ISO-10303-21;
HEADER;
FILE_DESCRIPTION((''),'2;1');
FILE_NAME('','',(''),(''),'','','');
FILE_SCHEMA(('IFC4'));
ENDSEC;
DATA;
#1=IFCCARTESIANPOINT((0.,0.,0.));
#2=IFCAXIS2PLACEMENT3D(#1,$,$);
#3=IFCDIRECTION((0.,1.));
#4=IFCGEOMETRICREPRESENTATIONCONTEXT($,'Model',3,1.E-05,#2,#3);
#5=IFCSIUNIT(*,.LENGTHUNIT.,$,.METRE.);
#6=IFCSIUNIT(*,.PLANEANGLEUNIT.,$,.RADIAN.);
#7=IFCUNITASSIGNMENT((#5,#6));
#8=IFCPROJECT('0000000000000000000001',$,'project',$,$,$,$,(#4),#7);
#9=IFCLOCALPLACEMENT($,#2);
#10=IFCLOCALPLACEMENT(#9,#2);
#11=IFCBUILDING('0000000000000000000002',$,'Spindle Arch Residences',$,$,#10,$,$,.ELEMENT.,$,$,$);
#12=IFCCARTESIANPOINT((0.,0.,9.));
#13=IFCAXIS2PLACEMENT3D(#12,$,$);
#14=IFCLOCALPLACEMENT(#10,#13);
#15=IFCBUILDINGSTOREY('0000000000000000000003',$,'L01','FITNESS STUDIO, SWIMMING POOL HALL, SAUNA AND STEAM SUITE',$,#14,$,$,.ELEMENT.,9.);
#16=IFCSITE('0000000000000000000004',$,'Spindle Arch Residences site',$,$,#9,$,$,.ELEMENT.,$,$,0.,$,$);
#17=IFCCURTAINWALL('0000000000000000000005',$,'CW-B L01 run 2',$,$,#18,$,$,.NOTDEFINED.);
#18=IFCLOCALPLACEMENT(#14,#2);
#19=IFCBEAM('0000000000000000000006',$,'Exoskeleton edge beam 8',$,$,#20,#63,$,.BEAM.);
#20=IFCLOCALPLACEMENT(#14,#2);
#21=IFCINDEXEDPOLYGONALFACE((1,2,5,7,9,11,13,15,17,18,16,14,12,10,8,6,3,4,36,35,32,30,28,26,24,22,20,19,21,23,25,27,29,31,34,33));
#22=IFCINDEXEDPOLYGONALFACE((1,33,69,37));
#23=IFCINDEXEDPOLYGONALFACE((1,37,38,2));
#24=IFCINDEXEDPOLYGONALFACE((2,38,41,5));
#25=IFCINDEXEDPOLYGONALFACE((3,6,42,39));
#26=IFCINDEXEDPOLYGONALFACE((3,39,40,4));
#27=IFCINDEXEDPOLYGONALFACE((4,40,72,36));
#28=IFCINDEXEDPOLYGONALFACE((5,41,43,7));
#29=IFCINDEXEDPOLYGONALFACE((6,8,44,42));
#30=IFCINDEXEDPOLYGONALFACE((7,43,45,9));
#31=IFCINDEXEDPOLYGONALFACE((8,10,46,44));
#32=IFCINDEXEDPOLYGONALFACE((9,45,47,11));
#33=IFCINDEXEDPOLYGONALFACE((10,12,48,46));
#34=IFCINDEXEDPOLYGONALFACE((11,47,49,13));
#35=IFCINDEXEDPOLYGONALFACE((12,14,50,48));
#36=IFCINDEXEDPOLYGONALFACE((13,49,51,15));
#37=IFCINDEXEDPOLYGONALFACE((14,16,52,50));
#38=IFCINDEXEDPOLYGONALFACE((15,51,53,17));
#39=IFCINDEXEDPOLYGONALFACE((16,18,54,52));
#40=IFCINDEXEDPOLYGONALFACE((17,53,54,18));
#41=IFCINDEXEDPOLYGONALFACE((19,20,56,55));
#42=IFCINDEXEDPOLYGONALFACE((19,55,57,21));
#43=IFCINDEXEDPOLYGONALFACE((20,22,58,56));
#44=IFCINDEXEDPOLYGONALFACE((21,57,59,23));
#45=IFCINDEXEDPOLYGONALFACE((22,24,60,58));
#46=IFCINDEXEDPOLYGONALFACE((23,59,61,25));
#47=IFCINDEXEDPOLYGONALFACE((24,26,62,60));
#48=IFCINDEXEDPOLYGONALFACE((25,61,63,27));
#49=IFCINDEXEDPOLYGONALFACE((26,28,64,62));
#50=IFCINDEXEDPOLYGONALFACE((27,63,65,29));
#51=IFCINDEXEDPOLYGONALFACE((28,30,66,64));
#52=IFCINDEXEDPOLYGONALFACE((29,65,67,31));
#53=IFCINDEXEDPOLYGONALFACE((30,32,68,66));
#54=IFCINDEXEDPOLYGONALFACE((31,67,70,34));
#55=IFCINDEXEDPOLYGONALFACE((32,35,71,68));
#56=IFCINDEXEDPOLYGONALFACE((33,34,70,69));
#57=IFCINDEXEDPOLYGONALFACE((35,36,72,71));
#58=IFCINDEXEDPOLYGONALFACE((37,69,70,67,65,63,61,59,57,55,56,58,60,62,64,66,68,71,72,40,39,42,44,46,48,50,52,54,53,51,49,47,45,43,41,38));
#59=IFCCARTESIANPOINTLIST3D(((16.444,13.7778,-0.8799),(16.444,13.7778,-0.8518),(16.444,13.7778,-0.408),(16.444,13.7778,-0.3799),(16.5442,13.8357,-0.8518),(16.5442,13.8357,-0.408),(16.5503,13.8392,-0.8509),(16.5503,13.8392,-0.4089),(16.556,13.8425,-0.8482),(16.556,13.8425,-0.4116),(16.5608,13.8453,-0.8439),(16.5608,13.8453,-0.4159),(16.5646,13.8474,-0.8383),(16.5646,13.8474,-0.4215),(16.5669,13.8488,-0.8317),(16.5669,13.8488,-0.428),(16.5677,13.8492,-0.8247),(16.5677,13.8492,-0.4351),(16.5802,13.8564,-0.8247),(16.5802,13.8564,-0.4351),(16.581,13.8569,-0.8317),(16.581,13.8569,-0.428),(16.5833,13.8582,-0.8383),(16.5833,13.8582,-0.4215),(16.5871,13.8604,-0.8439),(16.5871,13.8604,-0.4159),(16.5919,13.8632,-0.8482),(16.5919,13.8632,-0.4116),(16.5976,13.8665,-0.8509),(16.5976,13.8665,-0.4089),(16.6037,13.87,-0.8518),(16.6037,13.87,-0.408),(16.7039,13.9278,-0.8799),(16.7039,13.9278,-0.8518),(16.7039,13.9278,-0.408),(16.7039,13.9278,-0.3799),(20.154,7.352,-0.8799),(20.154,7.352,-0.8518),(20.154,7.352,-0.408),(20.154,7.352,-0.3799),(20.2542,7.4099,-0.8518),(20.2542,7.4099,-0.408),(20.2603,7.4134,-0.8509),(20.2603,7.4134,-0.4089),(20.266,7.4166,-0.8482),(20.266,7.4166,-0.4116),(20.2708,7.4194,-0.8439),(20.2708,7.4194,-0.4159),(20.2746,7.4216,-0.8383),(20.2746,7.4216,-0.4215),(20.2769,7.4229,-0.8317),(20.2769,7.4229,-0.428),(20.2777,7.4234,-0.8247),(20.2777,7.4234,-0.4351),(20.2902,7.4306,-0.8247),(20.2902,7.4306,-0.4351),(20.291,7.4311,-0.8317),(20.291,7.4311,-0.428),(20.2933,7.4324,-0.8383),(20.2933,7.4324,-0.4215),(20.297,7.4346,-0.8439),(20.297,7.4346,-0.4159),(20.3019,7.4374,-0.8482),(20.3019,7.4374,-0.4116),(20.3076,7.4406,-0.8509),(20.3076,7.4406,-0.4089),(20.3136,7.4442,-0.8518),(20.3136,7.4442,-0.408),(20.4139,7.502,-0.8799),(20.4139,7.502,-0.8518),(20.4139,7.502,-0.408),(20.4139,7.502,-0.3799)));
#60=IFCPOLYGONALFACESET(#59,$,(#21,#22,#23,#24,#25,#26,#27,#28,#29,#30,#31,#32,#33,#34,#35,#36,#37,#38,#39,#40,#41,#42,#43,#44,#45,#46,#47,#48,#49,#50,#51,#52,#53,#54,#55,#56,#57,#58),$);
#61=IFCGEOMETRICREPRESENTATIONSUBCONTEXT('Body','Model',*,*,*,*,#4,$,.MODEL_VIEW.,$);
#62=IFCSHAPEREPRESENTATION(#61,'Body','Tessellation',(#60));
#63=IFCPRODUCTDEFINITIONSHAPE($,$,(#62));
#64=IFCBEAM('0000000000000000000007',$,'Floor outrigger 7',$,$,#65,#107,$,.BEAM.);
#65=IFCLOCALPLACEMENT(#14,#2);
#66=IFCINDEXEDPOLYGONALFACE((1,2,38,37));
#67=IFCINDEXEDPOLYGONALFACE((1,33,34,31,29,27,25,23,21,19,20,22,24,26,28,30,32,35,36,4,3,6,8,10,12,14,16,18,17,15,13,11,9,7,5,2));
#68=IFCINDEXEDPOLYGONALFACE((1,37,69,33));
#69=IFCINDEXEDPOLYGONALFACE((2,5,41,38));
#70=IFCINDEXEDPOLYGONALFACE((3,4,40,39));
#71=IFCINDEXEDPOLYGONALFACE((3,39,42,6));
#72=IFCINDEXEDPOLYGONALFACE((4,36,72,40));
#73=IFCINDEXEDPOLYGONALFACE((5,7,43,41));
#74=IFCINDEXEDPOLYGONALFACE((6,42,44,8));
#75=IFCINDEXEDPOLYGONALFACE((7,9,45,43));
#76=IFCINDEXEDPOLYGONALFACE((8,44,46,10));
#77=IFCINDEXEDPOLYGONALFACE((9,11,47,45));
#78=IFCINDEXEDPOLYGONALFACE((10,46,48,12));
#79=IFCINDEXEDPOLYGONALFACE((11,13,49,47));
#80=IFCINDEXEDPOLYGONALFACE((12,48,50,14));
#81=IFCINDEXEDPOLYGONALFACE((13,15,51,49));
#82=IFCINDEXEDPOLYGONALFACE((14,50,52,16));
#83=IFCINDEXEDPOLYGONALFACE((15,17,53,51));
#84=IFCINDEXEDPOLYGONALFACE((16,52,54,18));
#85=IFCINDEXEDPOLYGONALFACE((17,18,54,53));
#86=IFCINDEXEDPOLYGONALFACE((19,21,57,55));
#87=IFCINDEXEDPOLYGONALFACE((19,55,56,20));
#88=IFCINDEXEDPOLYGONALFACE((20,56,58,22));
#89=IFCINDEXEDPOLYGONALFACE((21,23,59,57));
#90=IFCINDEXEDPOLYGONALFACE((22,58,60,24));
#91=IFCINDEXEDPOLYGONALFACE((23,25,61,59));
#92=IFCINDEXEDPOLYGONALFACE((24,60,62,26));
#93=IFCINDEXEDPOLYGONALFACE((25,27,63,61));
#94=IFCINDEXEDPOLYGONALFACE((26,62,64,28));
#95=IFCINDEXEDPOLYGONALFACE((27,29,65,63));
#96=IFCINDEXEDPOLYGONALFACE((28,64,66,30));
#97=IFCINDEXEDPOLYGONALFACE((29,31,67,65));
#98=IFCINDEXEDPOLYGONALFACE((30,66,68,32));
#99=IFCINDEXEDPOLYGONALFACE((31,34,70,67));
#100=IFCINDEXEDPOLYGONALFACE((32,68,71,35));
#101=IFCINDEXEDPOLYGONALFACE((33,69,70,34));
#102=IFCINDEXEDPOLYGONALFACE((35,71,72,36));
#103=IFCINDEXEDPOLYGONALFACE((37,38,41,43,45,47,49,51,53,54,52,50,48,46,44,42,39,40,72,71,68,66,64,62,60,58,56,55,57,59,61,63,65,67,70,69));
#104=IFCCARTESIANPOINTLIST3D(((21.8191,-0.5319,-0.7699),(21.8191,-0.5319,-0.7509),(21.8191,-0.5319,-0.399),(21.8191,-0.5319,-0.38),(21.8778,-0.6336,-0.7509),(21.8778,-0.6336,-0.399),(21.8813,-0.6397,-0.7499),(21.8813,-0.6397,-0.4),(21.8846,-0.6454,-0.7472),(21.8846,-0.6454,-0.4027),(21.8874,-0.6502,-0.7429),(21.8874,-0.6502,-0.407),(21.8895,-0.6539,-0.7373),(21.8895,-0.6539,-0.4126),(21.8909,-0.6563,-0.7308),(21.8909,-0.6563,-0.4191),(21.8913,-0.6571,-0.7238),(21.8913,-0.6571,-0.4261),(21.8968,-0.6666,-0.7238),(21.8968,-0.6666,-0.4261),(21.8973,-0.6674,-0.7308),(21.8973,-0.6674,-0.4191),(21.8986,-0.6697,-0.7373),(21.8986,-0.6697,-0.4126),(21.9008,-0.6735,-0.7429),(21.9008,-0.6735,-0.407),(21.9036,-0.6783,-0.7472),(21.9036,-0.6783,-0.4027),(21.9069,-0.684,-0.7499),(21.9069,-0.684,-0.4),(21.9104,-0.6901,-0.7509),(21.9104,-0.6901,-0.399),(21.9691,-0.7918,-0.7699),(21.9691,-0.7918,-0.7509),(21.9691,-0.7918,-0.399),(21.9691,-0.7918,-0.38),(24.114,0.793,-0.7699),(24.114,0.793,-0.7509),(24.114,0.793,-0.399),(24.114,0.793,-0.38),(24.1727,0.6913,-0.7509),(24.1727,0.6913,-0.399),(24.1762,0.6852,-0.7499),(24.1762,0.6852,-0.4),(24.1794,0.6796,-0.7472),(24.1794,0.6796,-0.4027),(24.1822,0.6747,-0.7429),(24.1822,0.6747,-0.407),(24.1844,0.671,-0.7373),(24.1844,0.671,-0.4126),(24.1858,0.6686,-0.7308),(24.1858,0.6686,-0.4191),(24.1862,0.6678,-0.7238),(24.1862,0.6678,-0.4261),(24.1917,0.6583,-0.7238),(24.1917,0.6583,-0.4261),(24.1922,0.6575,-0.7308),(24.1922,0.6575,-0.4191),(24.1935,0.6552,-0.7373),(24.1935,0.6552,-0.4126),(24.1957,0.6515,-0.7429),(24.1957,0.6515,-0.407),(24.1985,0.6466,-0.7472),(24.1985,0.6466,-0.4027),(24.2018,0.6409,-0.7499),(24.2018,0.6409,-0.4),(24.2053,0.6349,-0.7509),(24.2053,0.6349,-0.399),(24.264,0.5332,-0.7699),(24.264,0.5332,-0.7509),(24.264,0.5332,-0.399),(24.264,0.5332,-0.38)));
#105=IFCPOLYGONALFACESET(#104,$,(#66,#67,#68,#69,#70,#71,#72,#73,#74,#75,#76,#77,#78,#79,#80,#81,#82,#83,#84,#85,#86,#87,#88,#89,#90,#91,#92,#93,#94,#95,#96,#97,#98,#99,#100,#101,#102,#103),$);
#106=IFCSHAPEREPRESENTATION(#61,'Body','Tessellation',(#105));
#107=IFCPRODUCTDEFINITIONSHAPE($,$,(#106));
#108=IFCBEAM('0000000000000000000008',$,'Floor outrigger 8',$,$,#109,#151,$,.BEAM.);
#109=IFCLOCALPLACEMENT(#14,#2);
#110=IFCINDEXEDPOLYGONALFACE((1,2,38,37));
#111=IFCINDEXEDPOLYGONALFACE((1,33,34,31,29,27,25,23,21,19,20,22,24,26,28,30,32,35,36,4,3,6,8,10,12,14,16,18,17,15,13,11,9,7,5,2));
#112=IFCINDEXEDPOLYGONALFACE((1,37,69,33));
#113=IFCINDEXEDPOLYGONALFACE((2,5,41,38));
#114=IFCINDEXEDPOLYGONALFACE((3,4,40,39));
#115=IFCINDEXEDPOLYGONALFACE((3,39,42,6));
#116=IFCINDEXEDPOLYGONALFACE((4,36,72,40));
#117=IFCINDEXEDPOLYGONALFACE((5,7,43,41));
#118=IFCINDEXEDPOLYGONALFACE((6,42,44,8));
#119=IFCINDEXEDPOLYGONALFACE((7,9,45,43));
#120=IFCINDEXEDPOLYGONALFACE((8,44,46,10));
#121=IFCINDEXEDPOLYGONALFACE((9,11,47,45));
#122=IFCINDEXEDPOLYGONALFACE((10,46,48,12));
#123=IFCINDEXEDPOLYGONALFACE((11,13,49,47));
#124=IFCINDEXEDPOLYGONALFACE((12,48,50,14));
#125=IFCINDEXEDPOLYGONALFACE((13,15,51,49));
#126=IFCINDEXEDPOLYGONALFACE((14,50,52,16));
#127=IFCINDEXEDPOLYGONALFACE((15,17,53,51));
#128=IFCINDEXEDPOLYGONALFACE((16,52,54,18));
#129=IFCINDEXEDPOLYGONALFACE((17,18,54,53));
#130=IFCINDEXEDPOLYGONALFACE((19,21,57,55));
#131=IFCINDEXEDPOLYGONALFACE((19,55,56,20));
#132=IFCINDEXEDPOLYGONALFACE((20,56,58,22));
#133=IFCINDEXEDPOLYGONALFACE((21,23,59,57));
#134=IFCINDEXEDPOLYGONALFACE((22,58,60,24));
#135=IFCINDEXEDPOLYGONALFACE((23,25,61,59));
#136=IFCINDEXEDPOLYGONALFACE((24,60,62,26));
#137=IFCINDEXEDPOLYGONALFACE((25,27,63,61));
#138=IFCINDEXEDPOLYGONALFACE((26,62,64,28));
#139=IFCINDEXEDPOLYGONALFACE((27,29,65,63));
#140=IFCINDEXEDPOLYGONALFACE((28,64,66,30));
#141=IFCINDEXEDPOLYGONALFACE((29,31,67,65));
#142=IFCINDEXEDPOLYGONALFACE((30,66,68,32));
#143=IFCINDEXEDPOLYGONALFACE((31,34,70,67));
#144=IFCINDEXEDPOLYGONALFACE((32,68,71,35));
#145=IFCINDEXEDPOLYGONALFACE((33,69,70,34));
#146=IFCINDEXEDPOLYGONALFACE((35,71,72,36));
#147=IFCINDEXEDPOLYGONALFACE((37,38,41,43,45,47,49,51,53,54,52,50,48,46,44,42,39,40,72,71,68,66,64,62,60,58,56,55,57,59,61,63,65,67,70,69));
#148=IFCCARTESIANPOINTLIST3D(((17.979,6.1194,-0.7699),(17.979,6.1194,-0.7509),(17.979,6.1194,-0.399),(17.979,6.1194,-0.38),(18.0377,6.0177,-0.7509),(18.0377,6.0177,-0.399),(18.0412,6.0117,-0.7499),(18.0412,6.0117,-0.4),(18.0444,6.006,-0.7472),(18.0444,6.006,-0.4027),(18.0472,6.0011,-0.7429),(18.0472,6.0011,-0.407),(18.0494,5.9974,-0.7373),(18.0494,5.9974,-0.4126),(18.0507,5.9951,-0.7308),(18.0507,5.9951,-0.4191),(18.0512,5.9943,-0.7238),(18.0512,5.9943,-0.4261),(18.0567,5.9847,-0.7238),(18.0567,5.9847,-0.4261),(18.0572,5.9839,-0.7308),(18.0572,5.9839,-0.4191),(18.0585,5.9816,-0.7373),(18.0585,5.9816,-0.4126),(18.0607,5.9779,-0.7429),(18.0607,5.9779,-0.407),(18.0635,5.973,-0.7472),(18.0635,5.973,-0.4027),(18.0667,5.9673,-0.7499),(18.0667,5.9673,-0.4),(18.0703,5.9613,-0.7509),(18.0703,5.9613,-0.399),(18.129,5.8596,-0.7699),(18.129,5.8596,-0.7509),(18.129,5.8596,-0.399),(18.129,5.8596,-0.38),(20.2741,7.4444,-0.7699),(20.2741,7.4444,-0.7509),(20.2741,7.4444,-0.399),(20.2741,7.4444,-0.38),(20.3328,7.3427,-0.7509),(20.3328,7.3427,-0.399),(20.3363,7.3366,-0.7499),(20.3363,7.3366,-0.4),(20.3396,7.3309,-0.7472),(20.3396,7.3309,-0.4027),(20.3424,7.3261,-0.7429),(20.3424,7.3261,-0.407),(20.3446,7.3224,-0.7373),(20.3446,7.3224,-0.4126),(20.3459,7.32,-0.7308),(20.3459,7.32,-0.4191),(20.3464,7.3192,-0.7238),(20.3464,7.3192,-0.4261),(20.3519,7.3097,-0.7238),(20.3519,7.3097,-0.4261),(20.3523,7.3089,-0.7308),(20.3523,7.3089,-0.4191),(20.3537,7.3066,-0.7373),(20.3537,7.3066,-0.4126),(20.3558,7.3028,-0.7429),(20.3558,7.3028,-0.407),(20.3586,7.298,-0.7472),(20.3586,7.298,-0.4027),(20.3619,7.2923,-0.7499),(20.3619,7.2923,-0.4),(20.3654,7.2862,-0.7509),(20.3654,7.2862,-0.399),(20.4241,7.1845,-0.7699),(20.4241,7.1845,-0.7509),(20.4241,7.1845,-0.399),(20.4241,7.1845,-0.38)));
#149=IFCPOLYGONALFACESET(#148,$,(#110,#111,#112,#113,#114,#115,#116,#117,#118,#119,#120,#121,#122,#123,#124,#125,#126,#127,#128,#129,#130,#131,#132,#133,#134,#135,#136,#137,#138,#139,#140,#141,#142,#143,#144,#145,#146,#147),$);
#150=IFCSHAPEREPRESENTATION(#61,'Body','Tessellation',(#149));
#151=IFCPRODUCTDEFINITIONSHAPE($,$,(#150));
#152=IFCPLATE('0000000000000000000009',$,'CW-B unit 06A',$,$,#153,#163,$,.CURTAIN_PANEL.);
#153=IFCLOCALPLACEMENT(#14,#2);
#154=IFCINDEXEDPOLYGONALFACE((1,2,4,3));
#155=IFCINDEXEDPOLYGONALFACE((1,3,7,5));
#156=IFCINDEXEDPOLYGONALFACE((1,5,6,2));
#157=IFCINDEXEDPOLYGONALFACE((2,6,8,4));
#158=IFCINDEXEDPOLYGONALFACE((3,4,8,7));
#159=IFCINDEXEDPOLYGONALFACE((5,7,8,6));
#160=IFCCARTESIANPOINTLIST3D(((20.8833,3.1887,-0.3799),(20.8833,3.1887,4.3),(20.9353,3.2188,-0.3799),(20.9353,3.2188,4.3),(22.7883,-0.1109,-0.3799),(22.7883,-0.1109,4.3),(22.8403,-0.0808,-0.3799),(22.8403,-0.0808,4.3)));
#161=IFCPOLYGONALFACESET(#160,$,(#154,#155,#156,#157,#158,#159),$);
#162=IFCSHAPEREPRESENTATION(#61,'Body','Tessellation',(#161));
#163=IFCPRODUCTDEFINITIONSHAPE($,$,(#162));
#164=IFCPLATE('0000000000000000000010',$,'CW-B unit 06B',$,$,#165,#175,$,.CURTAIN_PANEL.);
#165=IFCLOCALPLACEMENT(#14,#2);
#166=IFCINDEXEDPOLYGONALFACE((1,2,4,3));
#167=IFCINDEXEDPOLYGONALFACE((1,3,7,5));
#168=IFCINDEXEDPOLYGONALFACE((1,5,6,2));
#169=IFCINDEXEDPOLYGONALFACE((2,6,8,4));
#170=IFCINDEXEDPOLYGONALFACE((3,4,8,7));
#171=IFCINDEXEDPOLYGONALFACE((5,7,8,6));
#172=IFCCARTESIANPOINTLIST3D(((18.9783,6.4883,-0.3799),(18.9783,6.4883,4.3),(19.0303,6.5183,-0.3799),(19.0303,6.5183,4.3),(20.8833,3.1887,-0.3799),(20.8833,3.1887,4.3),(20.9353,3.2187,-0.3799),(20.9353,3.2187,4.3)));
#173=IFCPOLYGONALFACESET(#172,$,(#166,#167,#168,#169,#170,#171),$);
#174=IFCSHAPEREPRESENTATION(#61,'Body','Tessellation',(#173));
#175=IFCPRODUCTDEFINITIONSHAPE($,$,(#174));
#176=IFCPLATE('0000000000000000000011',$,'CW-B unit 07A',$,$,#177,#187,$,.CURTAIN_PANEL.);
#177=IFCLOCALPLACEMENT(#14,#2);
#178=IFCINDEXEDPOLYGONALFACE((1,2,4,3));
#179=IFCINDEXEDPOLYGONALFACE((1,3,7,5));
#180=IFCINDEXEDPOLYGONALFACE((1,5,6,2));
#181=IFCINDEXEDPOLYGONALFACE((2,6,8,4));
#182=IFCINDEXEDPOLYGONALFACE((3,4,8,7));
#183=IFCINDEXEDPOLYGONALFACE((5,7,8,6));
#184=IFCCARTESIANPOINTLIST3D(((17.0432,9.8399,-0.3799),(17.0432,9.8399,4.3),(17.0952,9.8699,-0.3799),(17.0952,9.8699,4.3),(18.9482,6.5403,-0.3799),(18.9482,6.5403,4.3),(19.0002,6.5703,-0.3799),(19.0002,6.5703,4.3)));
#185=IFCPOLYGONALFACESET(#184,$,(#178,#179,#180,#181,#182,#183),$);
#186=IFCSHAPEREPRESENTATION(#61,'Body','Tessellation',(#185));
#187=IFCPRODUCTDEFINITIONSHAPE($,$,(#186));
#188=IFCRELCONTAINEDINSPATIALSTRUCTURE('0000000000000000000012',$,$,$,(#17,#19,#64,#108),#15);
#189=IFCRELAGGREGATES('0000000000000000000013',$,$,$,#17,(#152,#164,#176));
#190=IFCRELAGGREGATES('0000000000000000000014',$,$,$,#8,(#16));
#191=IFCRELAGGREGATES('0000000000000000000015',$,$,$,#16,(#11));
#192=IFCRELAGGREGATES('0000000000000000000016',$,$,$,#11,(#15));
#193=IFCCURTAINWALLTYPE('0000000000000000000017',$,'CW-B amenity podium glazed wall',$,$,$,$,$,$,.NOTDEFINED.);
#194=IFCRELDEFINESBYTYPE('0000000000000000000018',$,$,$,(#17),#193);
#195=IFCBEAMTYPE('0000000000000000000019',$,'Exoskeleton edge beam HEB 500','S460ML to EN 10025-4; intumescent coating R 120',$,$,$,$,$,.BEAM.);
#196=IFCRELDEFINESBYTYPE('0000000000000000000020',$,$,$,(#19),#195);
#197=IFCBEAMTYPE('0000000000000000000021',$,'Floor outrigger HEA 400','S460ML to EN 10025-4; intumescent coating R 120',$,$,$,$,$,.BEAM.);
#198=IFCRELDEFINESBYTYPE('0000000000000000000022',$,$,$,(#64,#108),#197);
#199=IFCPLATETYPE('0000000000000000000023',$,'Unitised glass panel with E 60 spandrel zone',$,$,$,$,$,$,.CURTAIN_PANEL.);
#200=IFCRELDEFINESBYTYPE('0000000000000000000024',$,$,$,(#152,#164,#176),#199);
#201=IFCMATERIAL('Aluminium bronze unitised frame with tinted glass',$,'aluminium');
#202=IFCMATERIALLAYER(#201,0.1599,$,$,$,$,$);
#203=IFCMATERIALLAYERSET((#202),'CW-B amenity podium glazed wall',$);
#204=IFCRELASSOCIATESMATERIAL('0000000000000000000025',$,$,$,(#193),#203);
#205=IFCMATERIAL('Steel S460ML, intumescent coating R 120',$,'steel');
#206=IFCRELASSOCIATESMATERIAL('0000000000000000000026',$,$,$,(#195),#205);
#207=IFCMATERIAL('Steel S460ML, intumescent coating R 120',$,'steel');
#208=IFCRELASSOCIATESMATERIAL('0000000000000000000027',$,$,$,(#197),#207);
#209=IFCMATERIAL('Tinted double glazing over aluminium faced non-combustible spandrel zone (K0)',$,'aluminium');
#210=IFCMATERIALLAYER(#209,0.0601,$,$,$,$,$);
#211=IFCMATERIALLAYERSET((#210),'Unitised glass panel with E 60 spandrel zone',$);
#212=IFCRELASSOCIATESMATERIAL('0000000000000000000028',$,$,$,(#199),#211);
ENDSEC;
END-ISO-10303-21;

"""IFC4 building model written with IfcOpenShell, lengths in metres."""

from ifc_helpers import new_model, si_unit, direction, frame, origin, origin_2d, place, context, subcontext, project, spatial, rectangle, i_section, extrude, material, layer, layer_set, material_profile, profile_set, type_object, element, aggregate, save


model = new_model("IFC4")

# Units and contexts
model_context = context("Model", 3, precision=1e-05, world=origin(), true_north=direction((0.0, 1.0)))
body_context = subcontext(model_context, "Body", "Model", "MODEL_VIEW")
ifc_project = project(units=[si_unit("LENGTHUNIT", "METRE"), si_unit("PLANEANGLEUNIT", "RADIAN")], contexts=[model_context])

# Site, building, storey
site_placement = place(None, origin())
site = spatial("IfcSite", under=ifc_project, at=site_placement, Name="Spindle Arch Residences site", CompositionType="ELEMENT", RefElevation=0.0)
building_placement = place(site_placement, origin())
building = spatial("IfcBuilding", under=site, at=building_placement, Name="Spindle Arch Residences", CompositionType="ELEMENT")
storey_placement = place(building_placement, frame((0.0, 0.0, 9.0)))
storey = spatial("IfcBuildingStorey", under=building, at=storey_placement, Name="L01", Description="FITNESS STUDIO, SWIMMING POOL HALL, SAUNA AND STEAM SUITE", CompositionType="ELEMENT", Elevation=9.0)

# Curtain wall
ifc_material_1 = material(Name="Aluminium bronze unitised frame with tinted glass", Category="aluminium")
ifc_layer_1 = layer(ifc_material_1, 0.1599)
ifc_layer_set_1 = layer_set([ifc_layer_1], Name="CW-B amenity podium glazed wall")
curtain_wall_type = type_object("IfcCurtainWallType", Name="CW-B amenity podium glazed wall", PredefinedType="NOTDEFINED", material=ifc_layer_set_1)
curtain_wall_placement = place(storey_placement, origin())
curtain_wall = element("IfcCurtainWall", 1, at=curtain_wall_placement, inside=storey, type_object=curtain_wall_type, Name="CW-B L01 run 2", PredefinedType="NOTDEFINED")

# Beams
ifc_material_2 = material(Name="Steel S460ML, intumescent coating R 120", Category="steel")
ifc_material_profile_1 = material_profile(ifc_material_2, i_section(OverallWidth=0.3, OverallDepth=0.5, WebThickness=0.0144, FlangeThickness=0.0281, FilletRadius=0.0271, at=origin_2d()), Name="HEB 500")
ifc_profile_set_1 = profile_set([ifc_material_profile_1], Name="Steel S460ML, intumescent coating R 120")
beam_type_1 = type_object("IfcBeamType", Name="Exoskeleton edge beam HEB 500", Description="S460ML to EN 10025-4; intumescent coating R 120", PredefinedType="BEAM", material=ifc_profile_set_1)
beam_1_placement = place(storey_placement, frame((20.2839, 7.427, -0.6299), z_axis=(-0.500003, 0.866023, 0.0), x_axis=(-0.866023, -0.500003, 0.0)))
element("IfcBeam", 2, at=beam_1_placement, inside=storey, type_object=beam_type_1, Name="Exoskeleton edge beam 8", PredefinedType="BEAM", context=body_context, shape_type="SweptSolid", body=[
    extrude(i_section(OverallWidth=0.3, OverallDepth=0.5, WebThickness=0.0144, FlangeThickness=0.0281, FilletRadius=0.0271, at=origin_2d()), origin(), (0.0, 0.0, 1.0), 7.4199),
])
ifc_material_3 = material(Name="Steel S460ML, intumescent coating R 120", Category="steel")
ifc_material_profile_2 = material_profile(ifc_material_3, i_section(OverallWidth=0.3, OverallDepth=0.3899, WebThickness=0.011, FlangeThickness=0.019, FilletRadius=0.0271, at=origin_2d()), Name="HEA 400")
ifc_profile_set_2 = profile_set([ifc_material_profile_2], Name="Steel S460ML, intumescent coating R 120")
beam_type_2 = type_object("IfcBeamType", Name="Floor outrigger HEA 400", Description="S460ML to EN 10025-4; intumescent coating R 120", PredefinedType="BEAM", material=ifc_profile_set_2)
beam_2_placement = place(storey_placement, frame((24.189, 0.6631, -0.575), z_axis=(-0.866029, -0.499994, 0.0), x_axis=(0.499994, -0.866029, 0.0)))
element("IfcBeam", 3, at=beam_2_placement, inside=storey, type_object=beam_type_2, Name="Floor outrigger 7", PredefinedType="BEAM", context=body_context, shape_type="SweptSolid", body=[
    extrude(i_section(OverallWidth=0.3, OverallDepth=0.3899, WebThickness=0.011, FlangeThickness=0.019, FilletRadius=0.0271, at=origin_2d()), origin(), (0.0, 0.0, 1.0), 2.6499),
])
beam_3_placement = place(storey_placement, frame((20.3491, 7.3145, -0.575), z_axis=(-0.866052, -0.499954, 0.0), x_axis=(0.499954, -0.866052, 0.0)))
element("IfcBeam", 4, at=beam_3_placement, inside=storey, type_object=beam_type_2, Name="Floor outrigger 8", PredefinedType="BEAM", context=body_context, shape_type="SweptSolid", body=[
    extrude(i_section(OverallWidth=0.3, OverallDepth=0.3899, WebThickness=0.011, FlangeThickness=0.019, FilletRadius=0.0271, at=origin_2d()), origin(), (0.0, 0.0, 1.0), 2.6501),
])

# Plates
ifc_material_4 = material(Name="Tinted double glazing over aluminium faced non-combustible spandrel zone (K0)", Category="aluminium")
ifc_layer_2 = layer(ifc_material_4, 0.0601)
ifc_layer_set_2 = layer_set([ifc_layer_2], Name="Unitised glass panel with E 60 spandrel zone")
plate_type = type_object("IfcPlateType", Name="Unitised glass panel with E 60 spandrel zone", PredefinedType="CURTAIN_PANEL", material=ifc_layer_set_2)
plate_1_placement = place(storey_placement, frame((21.8618, 1.554, -0.3799), z_axis=(0.0, 0.0, 1.0), x_axis=(-0.5, 0.866025, 0.0)))
plate_1 = element("IfcPlate", 5, at=plate_1_placement, type_object=plate_type, Name="CW-B unit 06A", PredefinedType="CURTAIN_PANEL", context=body_context, shape_type="SweptSolid", body=[
    extrude(rectangle(XDim=3.8101, YDim=0.0601, at=origin_2d()), origin(), (0.0, 0.0, 1.0), 4.6799),
])
plate_2_placement = place(storey_placement, frame((19.9568, 4.8535, -0.3799), z_axis=(0.0, 0.0, 1.0), x_axis=(-0.5, 0.866025, 0.0)))
plate_2 = element("IfcPlate", 6, at=plate_2_placement, type_object=plate_type, Name="CW-B unit 06B", PredefinedType="CURTAIN_PANEL", context=body_context, shape_type="SweptSolid", body=[
    extrude(rectangle(XDim=3.8101, YDim=0.0601, at=origin_2d()), origin(), (0.0, 0.0, 1.0), 4.6799),
])
plate_3_placement = place(storey_placement, frame((18.0217, 8.2051, -0.3799), z_axis=(0.0, 0.0, 1.0), x_axis=(-0.5, 0.866025, 0.0)))
plate_3 = element("IfcPlate", 7, at=plate_3_placement, type_object=plate_type, Name="CW-B unit 07A", PredefinedType="CURTAIN_PANEL", context=body_context, shape_type="SweptSolid", body=[
    extrude(rectangle(XDim=3.8101, YDim=0.0601, at=origin_2d()), origin(), (0.0, 0.0, 1.0), 4.6799),
])
aggregate(curtain_wall, [plate_1, plate_2, plate_3])

save(model, "model.ifc")
